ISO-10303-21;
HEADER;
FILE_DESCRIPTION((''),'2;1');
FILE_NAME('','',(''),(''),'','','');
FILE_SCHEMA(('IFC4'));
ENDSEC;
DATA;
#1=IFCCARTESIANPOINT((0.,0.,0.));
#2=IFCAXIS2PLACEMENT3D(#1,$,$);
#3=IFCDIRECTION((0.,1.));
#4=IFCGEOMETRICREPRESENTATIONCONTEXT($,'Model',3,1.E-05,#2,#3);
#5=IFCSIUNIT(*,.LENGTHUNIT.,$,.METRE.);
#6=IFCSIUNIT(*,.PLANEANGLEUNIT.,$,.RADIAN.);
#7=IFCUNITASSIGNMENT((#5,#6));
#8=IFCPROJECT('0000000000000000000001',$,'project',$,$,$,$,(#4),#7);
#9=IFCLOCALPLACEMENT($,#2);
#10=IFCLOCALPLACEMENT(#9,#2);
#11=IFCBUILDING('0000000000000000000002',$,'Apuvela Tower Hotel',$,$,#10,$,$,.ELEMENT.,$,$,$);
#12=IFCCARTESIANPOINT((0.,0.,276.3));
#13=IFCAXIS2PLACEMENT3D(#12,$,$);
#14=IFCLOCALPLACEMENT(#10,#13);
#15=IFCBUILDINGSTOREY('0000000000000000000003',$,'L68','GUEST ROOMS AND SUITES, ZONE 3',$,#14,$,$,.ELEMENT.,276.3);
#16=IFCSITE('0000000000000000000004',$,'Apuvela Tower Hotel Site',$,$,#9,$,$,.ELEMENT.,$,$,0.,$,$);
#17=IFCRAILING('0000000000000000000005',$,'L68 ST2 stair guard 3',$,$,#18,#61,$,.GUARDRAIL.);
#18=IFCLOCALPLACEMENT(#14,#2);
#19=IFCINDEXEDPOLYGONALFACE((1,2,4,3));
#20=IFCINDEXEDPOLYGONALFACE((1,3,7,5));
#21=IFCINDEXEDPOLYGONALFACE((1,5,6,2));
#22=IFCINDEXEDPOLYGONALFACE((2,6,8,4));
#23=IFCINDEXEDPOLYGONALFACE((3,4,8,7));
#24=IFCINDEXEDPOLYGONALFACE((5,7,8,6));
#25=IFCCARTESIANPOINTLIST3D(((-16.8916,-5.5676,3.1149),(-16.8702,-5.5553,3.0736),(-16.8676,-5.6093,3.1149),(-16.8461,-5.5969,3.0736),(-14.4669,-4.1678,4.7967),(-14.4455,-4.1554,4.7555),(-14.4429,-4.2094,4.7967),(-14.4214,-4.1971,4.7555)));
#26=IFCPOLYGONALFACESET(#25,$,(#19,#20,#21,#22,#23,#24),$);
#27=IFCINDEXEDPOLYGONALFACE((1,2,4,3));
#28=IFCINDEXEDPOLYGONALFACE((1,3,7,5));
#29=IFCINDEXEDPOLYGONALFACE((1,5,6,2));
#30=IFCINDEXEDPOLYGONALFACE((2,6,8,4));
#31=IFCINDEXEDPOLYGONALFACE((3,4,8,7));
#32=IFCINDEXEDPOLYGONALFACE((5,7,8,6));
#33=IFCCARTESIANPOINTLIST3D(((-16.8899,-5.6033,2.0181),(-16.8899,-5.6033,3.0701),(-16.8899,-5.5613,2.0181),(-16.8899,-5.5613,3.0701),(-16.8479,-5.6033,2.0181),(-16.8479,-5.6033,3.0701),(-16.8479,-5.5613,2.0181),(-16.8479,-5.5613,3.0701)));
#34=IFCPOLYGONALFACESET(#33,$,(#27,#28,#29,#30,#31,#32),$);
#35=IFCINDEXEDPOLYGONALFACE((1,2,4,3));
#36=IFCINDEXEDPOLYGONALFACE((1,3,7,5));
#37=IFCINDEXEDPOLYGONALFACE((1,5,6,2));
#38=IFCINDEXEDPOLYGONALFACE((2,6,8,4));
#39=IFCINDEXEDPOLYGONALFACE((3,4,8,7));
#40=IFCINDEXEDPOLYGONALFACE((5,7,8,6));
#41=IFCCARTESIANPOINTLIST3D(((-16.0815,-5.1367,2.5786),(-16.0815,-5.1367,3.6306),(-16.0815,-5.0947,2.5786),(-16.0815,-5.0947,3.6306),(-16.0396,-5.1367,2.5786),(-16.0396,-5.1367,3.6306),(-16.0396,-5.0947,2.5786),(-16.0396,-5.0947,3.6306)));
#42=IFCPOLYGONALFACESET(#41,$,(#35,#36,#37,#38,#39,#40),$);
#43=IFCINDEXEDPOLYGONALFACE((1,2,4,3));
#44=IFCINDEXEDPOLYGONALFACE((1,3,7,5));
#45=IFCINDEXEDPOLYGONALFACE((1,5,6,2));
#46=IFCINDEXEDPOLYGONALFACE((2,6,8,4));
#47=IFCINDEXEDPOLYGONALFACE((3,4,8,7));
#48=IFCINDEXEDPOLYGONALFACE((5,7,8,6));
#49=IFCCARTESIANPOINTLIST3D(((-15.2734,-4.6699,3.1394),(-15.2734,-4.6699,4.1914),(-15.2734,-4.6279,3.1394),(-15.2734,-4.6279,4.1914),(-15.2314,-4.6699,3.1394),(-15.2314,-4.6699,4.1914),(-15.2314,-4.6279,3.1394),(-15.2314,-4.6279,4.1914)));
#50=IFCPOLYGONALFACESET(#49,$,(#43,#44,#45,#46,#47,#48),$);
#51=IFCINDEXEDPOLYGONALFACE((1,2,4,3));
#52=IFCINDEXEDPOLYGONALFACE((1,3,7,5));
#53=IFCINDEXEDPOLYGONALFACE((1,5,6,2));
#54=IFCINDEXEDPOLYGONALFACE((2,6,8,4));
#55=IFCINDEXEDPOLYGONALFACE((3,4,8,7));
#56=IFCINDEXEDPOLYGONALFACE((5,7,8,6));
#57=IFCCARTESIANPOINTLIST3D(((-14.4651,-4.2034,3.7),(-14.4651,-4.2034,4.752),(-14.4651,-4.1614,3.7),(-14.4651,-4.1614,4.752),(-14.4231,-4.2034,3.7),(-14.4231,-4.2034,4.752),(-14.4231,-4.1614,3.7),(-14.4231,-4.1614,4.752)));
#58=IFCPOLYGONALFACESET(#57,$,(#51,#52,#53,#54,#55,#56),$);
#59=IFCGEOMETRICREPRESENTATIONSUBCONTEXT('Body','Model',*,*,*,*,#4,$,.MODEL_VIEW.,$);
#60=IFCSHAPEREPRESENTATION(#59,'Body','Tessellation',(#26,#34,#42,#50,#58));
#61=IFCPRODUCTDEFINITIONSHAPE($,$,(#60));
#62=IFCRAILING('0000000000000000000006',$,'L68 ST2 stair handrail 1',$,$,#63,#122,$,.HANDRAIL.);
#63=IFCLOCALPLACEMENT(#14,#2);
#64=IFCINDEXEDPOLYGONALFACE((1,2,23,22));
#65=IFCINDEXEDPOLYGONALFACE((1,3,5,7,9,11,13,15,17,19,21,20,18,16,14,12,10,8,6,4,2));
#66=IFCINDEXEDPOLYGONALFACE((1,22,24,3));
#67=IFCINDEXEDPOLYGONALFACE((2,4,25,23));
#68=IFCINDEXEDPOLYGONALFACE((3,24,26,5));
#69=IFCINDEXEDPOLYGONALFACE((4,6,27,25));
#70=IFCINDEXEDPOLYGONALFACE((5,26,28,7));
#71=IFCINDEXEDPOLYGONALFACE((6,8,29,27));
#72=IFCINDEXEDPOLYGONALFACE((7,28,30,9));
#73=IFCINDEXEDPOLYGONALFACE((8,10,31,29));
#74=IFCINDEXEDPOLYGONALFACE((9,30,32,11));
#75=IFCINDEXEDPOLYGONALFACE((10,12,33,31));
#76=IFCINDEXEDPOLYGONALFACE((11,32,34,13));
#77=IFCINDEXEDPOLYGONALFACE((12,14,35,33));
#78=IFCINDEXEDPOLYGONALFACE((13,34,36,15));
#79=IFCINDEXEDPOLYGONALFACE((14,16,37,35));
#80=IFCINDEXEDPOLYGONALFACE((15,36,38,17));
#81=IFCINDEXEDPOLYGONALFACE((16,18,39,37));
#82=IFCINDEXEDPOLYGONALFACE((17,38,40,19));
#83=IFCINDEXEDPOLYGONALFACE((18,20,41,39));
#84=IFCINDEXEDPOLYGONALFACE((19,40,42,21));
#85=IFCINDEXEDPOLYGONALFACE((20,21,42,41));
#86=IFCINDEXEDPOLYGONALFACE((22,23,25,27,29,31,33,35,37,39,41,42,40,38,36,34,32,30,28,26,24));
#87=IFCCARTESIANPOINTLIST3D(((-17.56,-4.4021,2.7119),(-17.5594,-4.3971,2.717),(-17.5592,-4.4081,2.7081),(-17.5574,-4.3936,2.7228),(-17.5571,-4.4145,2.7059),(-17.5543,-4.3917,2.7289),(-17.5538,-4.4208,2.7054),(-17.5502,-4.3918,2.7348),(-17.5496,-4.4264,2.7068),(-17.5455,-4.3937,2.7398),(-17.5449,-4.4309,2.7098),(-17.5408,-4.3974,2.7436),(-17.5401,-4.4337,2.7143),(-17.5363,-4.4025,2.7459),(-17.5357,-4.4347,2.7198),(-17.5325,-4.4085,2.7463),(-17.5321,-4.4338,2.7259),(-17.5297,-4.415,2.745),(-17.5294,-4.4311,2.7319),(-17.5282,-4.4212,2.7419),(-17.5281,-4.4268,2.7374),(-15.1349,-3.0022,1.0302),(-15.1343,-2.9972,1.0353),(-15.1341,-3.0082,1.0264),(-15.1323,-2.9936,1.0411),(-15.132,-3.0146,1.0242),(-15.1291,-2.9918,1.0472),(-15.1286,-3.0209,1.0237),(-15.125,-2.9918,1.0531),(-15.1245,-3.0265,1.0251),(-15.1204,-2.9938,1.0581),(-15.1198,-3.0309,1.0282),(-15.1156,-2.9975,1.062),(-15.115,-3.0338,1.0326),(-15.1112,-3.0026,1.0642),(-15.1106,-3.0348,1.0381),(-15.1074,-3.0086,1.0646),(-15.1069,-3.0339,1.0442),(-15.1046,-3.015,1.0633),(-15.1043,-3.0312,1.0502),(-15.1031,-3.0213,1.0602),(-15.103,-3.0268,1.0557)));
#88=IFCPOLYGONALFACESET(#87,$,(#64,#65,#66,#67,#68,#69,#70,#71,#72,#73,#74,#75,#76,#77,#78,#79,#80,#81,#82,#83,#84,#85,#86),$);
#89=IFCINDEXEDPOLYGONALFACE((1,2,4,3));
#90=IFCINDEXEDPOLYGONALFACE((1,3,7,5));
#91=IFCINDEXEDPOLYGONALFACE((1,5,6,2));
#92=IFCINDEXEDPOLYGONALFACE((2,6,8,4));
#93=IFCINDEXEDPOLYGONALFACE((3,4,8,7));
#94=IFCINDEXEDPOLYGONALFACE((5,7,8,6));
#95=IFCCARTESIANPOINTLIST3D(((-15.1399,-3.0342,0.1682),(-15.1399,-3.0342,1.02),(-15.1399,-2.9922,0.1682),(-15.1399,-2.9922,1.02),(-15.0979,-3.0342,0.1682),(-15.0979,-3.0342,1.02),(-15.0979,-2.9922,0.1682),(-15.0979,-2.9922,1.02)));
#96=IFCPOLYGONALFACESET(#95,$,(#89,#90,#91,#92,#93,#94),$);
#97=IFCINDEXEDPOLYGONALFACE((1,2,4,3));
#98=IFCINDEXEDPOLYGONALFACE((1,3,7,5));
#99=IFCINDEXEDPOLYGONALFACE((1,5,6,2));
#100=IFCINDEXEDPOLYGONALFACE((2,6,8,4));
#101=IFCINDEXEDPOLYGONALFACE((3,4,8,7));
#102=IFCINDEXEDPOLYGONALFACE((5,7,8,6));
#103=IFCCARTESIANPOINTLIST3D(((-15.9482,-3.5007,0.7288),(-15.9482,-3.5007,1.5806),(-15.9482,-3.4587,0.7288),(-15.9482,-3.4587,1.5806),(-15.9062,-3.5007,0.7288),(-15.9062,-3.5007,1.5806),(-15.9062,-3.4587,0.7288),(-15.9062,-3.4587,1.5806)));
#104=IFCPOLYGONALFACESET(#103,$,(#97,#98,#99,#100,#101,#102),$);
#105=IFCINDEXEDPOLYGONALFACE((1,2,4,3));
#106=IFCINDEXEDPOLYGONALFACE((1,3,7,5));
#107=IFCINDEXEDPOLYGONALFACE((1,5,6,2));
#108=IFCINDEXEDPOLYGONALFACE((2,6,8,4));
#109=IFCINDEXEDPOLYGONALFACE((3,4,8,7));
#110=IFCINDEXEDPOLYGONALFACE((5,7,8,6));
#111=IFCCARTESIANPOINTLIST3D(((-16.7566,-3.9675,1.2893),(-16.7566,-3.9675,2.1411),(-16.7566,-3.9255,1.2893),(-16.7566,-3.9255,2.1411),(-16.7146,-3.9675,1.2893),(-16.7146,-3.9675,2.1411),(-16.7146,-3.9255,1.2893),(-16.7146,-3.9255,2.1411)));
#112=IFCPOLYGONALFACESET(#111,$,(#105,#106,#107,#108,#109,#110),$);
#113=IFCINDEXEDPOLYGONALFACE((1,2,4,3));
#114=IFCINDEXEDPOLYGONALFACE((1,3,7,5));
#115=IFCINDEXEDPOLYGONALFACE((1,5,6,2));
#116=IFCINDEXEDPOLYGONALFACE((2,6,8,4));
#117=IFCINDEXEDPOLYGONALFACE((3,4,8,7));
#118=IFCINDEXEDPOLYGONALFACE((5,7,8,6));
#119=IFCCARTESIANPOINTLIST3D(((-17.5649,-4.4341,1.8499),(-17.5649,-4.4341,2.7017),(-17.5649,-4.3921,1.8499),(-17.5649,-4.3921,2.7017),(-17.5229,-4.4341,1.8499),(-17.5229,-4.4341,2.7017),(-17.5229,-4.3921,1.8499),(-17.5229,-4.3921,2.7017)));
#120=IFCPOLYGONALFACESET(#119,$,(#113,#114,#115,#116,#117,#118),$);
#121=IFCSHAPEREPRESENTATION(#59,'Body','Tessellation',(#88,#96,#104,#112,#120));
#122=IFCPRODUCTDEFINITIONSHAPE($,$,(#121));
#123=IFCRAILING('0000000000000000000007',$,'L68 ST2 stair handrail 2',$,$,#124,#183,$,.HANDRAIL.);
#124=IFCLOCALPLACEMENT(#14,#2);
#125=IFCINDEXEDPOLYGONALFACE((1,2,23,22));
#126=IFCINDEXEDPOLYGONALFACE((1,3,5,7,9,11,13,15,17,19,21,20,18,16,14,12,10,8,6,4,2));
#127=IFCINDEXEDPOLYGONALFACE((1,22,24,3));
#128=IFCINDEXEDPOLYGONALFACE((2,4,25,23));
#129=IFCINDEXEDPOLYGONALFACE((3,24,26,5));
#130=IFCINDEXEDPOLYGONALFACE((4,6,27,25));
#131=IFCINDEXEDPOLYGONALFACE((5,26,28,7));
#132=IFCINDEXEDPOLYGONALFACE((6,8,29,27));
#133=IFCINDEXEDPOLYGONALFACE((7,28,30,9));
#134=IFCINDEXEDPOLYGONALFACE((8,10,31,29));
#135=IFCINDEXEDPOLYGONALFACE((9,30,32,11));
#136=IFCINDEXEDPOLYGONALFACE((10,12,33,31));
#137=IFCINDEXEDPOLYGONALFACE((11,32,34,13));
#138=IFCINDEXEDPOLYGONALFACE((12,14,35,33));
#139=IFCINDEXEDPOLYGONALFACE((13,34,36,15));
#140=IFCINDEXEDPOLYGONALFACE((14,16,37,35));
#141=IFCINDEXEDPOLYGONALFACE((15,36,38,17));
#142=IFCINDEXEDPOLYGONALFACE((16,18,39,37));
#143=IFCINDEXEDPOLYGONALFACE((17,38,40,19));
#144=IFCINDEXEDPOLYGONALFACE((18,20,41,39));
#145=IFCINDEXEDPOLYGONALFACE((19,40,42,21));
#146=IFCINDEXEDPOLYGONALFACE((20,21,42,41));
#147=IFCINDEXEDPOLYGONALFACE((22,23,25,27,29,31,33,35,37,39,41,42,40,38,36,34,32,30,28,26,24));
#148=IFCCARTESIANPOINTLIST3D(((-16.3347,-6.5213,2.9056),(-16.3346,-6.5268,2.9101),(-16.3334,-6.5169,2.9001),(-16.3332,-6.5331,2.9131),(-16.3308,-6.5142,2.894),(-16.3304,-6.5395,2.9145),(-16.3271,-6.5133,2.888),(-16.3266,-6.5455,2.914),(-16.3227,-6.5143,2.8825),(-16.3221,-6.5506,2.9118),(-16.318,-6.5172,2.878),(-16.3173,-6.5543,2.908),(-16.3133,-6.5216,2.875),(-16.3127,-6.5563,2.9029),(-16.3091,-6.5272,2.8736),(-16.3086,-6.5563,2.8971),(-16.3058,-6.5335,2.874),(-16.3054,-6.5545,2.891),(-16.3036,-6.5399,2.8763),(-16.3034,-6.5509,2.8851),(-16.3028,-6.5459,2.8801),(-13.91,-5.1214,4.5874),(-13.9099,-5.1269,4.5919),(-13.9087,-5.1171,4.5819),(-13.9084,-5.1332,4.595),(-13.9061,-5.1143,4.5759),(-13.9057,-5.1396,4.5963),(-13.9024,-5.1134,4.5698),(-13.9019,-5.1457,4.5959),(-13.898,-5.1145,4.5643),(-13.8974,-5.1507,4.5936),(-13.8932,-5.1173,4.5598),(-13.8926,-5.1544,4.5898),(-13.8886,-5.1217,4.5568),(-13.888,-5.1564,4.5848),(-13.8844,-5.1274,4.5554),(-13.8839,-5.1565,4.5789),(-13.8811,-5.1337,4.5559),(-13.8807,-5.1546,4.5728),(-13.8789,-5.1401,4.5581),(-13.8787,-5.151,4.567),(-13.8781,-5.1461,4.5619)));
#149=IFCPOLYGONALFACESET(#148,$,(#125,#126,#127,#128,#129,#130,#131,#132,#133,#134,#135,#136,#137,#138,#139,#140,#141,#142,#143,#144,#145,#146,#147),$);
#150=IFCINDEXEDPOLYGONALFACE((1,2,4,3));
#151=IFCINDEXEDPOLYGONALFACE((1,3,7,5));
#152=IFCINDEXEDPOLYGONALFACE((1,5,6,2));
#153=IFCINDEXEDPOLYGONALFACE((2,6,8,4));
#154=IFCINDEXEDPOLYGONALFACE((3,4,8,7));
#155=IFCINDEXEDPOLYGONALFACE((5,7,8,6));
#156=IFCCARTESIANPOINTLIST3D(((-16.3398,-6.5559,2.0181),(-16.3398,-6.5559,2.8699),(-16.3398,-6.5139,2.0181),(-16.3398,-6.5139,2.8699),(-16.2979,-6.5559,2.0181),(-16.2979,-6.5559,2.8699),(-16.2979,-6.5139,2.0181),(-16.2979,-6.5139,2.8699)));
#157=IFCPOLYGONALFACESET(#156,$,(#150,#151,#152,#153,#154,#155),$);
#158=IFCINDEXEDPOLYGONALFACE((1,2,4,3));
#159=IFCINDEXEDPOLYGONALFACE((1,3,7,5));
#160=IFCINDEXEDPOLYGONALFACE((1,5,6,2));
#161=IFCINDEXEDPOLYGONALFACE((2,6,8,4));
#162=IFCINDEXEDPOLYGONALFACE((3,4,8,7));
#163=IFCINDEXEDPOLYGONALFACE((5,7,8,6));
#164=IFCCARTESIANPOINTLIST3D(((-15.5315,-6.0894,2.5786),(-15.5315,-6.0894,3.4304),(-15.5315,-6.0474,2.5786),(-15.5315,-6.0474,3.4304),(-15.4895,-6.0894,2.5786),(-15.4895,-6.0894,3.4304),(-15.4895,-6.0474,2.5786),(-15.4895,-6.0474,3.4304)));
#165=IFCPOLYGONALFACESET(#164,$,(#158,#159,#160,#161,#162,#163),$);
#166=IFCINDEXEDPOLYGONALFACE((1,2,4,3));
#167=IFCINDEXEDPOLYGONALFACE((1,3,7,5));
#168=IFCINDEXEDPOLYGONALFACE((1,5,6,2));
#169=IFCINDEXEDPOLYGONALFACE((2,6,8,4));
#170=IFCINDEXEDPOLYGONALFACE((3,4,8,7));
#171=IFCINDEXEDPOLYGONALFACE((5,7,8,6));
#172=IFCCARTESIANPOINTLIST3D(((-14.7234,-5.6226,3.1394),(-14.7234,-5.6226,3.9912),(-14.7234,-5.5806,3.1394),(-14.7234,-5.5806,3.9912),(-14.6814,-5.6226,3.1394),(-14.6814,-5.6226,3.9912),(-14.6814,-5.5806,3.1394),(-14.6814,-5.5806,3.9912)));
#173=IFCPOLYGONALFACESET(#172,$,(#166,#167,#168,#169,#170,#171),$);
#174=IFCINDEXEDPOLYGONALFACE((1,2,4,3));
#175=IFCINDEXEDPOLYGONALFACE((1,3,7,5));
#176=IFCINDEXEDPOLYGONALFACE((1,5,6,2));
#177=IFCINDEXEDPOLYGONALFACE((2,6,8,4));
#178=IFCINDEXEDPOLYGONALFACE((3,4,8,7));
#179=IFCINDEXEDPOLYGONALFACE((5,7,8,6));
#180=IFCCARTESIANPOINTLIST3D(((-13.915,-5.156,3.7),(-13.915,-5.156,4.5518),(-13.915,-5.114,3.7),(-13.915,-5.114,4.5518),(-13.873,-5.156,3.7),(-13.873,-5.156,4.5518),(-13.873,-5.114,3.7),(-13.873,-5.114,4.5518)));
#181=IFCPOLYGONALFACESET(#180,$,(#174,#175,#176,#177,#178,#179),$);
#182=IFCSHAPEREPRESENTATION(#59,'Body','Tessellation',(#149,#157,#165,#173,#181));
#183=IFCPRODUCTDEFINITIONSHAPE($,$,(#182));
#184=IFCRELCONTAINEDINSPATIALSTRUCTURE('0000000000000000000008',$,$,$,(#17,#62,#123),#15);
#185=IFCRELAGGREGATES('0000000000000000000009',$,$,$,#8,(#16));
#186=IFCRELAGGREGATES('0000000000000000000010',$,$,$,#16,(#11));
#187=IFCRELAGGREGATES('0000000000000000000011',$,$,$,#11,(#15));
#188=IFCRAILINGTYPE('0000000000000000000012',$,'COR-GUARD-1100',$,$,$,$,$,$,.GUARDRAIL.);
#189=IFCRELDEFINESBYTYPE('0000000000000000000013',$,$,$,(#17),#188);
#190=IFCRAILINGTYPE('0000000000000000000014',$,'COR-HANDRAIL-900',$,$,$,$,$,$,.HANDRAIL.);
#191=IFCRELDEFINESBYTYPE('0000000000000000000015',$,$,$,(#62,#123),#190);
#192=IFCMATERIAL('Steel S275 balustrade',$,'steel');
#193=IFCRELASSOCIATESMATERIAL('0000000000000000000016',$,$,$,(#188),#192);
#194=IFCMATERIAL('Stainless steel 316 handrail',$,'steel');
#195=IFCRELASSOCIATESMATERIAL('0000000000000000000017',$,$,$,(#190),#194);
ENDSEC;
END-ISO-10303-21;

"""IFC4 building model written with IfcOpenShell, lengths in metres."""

from ifc_helpers import new_model, si_unit, direction, frame, origin, origin_2d, place, context, subcontext, project, spatial, rectangle, circle, extrude, material, type_object, element, save


model = new_model("IFC4")

# Units and contexts
model_context = context("Model", 3, precision=1e-05, world=origin(), true_north=direction((0.0, 1.0)))
body_context = subcontext(model_context, "Body", "Model", "MODEL_VIEW")
ifc_project = project(units=[si_unit("LENGTHUNIT", "METRE"), si_unit("PLANEANGLEUNIT", "RADIAN")], contexts=[model_context])

# Site, building, storey
site_placement = place(None, origin())
site = spatial("IfcSite", under=ifc_project, at=site_placement, Name="Apuvela Tower Hotel Site", CompositionType="ELEMENT", RefElevation=0.0)
building_placement = place(site_placement, origin())
building = spatial("IfcBuilding", under=site, at=building_placement, Name="Apuvela Tower Hotel", CompositionType="ELEMENT")
storey_placement = place(building_placement, frame((0.0, 0.0, 276.3)))
storey = spatial("IfcBuildingStorey", under=building, at=storey_placement, Name="L68", Description="GUEST ROOMS AND SUITES, ZONE 3", CompositionType="ELEMENT", Elevation=276.3)

# Railings
ifc_material_1 = material(Name="Steel S275 balustrade", Category="steel")
railing_type_1 = type_object("IfcRailingType", Name="COR-GUARD-1100", PredefinedType="GUARDRAIL", material=ifc_material_1)
railing_1_placement = place(storey_placement, frame((-16.8689, -5.5823, 2.0181)))
element("IfcRailing", 1, at=railing_1_placement, inside=storey, type_object=railing_type_1, Name="L68 ST2 stair guard 3", PredefinedType="GUARDRAIL", context=body_context, shape_type="SweptSolid", body=[
    extrude(rectangle(XDim=0.0481, YDim=0.0481, at=origin_2d()), frame((0.0, 0.0, 1.0762), z_axis=(0.74239, 0.428601, 0.514934), x_axis=(-0.499984, 0.866035, 0.0)), (0.0, 0.0, 1.0), 3.2661),
    extrude(rectangle(XDim=0.042, YDim=0.042, at=origin_2d()), origin(), (0.0, 0.0, 1.0), 1.052),
    extrude(rectangle(XDim=0.042, YDim=0.042, at=origin_2d()), frame((0.8083, 0.4666, 0.5605)), (0.0, 0.0, 1.0), 1.052),
    extrude(rectangle(XDim=0.042, YDim=0.042, at=origin_2d()), frame((1.6165, 0.9333, 1.1213)), (0.0, 0.0, 1.0), 1.052),
    extrude(rectangle(XDim=0.042, YDim=0.042, at=origin_2d()), frame((2.4248, 1.3999, 1.6819)), (0.0, 0.0, 1.0), 1.052),
])
ifc_material_2 = material(Name="Stainless steel 316 handrail", Category="steel")
railing_type_2 = type_object("IfcRailingType", Name="COR-HANDRAIL-900", PredefinedType="HANDRAIL", material=ifc_material_2)
railing_2_placement = place(storey_placement, frame((-15.1189, -3.0132, 0.1682)))
element("IfcRailing", 2, at=railing_2_placement, inside=storey, type_object=railing_type_2, Name="L68 ST2 stair handrail 1", PredefinedType="HANDRAIL", context=body_context, shape_type="SweptSolid", body=[
    extrude(circle(Radius=0.0239, at=origin_2d()), frame((0.0, 0.0, 0.876), z_axis=(-0.742453, -0.428594, 0.514851), x_axis=(0.499946, -0.866056, 0.0)), (0.0, 0.0, 1.0), 3.2664),
    extrude(rectangle(XDim=0.042, YDim=0.042, at=origin_2d()), origin(), (0.0, 0.0, 1.0), 0.8518),
    extrude(rectangle(XDim=0.042, YDim=0.042, at=origin_2d()), frame((-0.8083, -0.4666, 0.5605)), (0.0, 0.0, 1.0), 0.8518),
    extrude(rectangle(XDim=0.042, YDim=0.042, at=origin_2d()), frame((-1.6167, -0.9333, 1.1211)), (0.0, 0.0, 1.0), 0.8518),
    extrude(rectangle(XDim=0.042, YDim=0.042, at=origin_2d()), frame((-2.425, -1.3999, 1.6816)), (0.0, 0.0, 1.0), 0.8518),
])
railing_3_placement = place(storey_placement, frame((-16.3188, -6.5349, 2.0181)))
element("IfcRailing", 3, at=railing_3_placement, inside=storey, type_object=railing_type_2, Name="L68 ST2 stair handrail 2", PredefinedType="HANDRAIL", context=body_context, shape_type="SweptSolid", body=[
    extrude(circle(Radius=0.0239, at=origin_2d()), frame((0.0, 0.0, 0.876), z_axis=(0.74239, 0.428601, 0.514934), x_axis=(-0.499984, 0.866035, 0.0)), (0.0, 0.0, 1.0), 3.2661),
    extrude(rectangle(XDim=0.042, YDim=0.042, at=origin_2d()), origin(), (0.0, 0.0, 1.0), 0.8518),
    extrude(rectangle(XDim=0.042, YDim=0.042, at=origin_2d()), frame((0.8083, 0.4666, 0.5605)), (0.0, 0.0, 1.0), 0.8518),
    extrude(rectangle(XDim=0.042, YDim=0.042, at=origin_2d()), frame((1.6165, 0.9333, 1.1213)), (0.0, 0.0, 1.0), 0.8518),
    extrude(rectangle(XDim=0.042, YDim=0.042, at=origin_2d()), frame((2.4248, 1.3999, 1.6819)), (0.0, 0.0, 1.0), 0.8518),
])

save(model, "model.ifc")
